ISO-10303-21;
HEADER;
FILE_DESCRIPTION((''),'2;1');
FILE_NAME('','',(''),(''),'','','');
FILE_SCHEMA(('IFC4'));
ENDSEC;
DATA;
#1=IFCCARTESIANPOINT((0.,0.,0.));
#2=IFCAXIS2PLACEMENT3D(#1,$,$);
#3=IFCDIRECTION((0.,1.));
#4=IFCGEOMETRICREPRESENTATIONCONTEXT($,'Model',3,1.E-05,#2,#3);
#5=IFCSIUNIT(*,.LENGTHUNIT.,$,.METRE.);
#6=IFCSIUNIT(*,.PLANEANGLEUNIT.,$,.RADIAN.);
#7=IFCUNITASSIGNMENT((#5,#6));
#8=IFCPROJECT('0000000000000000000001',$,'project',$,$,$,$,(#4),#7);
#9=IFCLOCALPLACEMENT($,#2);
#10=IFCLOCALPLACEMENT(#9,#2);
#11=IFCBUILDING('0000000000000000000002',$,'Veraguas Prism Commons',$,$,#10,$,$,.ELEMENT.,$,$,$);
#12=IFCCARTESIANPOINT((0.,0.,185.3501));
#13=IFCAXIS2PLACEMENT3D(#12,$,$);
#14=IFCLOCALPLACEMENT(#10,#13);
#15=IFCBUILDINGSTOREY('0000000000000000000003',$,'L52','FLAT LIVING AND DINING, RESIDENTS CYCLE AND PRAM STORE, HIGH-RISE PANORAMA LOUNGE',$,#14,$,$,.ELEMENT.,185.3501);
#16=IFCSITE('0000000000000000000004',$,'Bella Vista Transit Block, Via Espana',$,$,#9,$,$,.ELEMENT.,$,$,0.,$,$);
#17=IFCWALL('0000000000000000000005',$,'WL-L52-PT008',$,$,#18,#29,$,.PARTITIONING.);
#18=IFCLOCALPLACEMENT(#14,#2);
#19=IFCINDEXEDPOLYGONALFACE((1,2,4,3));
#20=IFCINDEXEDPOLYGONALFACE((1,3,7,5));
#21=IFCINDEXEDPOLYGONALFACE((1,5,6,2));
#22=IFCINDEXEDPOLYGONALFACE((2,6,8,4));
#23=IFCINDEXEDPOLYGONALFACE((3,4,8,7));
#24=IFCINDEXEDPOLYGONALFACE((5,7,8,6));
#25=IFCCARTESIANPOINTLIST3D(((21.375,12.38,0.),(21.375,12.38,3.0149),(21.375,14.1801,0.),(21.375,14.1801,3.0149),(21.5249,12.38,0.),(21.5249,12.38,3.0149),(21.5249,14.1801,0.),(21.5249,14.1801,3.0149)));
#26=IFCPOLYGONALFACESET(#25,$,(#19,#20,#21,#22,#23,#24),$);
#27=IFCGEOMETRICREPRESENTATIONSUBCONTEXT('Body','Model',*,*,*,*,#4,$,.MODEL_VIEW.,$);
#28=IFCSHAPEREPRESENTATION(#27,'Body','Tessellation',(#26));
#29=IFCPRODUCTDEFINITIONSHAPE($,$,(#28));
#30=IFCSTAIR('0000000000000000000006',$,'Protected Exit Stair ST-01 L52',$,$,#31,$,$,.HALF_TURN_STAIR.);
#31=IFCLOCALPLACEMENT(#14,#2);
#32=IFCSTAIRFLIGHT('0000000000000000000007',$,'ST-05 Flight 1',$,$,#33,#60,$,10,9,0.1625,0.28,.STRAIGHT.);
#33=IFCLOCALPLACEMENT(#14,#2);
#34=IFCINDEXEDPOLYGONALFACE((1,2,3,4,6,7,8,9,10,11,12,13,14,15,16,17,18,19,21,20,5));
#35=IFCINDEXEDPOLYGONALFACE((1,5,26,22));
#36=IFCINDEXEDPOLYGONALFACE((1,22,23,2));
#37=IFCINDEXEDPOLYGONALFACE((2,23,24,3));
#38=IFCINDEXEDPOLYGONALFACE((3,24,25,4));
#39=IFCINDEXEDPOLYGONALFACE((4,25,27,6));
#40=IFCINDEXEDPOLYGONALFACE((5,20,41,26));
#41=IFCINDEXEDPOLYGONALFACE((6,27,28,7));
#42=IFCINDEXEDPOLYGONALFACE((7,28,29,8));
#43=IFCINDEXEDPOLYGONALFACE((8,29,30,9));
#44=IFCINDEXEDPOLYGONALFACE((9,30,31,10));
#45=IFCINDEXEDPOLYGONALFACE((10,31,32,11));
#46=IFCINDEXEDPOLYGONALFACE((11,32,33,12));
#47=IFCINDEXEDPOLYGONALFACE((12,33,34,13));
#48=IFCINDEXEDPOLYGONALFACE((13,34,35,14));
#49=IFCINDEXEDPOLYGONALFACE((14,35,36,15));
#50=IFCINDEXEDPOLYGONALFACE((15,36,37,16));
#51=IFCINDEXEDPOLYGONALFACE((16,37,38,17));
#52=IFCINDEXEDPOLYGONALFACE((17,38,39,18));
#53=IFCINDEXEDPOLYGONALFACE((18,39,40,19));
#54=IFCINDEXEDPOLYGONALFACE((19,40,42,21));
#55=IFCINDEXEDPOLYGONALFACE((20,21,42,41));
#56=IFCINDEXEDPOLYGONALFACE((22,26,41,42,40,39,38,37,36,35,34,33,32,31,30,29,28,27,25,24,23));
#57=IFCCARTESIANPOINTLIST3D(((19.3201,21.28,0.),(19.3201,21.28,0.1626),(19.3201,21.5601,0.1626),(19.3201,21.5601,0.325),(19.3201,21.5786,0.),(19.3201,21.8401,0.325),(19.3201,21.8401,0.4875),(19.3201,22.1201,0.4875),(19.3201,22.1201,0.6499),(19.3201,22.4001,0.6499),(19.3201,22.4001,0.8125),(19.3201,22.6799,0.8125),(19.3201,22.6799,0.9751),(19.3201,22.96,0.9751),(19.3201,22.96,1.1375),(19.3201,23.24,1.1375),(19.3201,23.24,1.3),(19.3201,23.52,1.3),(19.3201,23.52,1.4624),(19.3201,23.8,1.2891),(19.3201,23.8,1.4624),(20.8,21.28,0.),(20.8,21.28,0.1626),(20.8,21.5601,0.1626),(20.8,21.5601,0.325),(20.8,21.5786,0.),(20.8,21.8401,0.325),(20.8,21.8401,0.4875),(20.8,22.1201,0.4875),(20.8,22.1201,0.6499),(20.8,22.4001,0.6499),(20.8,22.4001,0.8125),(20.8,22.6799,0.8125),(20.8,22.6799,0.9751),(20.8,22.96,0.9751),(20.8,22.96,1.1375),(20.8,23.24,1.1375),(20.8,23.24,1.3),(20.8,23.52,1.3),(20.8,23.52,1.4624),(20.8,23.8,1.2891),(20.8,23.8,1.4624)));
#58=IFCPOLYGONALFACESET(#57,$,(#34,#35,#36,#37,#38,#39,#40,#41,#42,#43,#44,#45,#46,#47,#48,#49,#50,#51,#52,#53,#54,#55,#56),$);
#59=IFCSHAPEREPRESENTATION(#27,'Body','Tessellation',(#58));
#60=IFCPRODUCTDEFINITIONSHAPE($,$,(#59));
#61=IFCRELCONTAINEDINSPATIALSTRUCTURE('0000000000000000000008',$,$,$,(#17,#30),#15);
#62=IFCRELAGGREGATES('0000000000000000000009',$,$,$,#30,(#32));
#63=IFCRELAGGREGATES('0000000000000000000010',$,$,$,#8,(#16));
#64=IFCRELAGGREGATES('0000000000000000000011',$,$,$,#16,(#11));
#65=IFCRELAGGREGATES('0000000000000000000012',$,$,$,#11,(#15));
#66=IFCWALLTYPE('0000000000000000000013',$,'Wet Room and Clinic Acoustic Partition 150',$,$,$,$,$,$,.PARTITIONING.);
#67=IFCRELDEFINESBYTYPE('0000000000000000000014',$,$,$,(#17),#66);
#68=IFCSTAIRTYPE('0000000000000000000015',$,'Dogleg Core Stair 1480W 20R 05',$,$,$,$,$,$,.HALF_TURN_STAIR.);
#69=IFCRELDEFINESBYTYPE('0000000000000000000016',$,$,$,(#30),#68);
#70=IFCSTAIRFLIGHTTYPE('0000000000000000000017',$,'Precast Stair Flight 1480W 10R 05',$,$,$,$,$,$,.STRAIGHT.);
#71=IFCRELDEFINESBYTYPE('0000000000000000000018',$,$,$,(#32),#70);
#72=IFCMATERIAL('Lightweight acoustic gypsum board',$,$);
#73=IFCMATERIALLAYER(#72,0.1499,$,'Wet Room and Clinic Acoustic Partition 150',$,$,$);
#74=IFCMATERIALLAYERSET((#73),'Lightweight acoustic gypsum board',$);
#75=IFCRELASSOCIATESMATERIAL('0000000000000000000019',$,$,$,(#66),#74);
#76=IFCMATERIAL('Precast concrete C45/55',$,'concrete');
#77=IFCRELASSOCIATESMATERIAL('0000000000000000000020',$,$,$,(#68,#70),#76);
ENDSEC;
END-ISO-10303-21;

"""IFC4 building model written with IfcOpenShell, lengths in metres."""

from ifc_helpers import new_model, si_unit, direction, frame, frame_2d, origin, place, context, subcontext, project, spatial, polyline, rectangle, outline, extrude, material, layer, layer_set, type_object, element, aggregate, save


model = new_model("IFC4")

# Units and contexts
model_context = context("Model", 3, precision=1e-05, world=origin(), true_north=direction((0.0, 1.0)))
body_context = subcontext(model_context, "Body", "Model", "MODEL_VIEW")
ifc_project = project(units=[si_unit("LENGTHUNIT", "METRE"), si_unit("PLANEANGLEUNIT", "RADIAN")], contexts=[model_context])

# Site, building, storey
site_placement = place(None, origin())
site = spatial("IfcSite", under=ifc_project, at=site_placement, Name="Bella Vista Transit Block, Via Espana", CompositionType="ELEMENT", RefElevation=0.0)
building_placement = place(site_placement, origin())
building = spatial("IfcBuilding", under=site, at=building_placement, Name="Veraguas Prism Commons", CompositionType="ELEMENT")
storey_placement = place(building_placement, frame((0.0, 0.0, 185.3501)))
storey = spatial("IfcBuildingStorey", under=building, at=storey_placement, Name="L52", Description="FLAT LIVING AND DINING, RESIDENTS CYCLE AND PRAM STORE, HIGH-RISE PANORAMA LOUNGE", CompositionType="ELEMENT", Elevation=185.3501)

# Shared definitions
ifc_material_1 = material(Name="Lightweight acoustic gypsum board")

# Wall
ifc_layer_1 = layer(ifc_material_1, 0.1499, Name="Wet Room and Clinic Acoustic Partition 150")
ifc_layer_set_1 = layer_set([ifc_layer_1], Name="Lightweight acoustic gypsum board")
wall_type_1 = type_object("IfcWallType", Name="Wet Room and Clinic Acoustic Partition 150", PredefinedType="PARTITIONING", material=ifc_layer_set_1)
wall_1_placement = place(storey_placement, frame((21.45, 14.1799, 0.0), z_axis=(0.0, 0.0, 1.0), x_axis=(0.0, -1.0, 0.0)))
element("IfcWall", 1, at=wall_1_placement, inside=storey, type_object=wall_type_1, Name="WL-L52-PT008", PredefinedType="PARTITIONING", context=body_context, shape_type="SweptSolid", body=[
    extrude(rectangle(XDim=1.8, YDim=0.1499, at=frame_2d((0.8999, 0.0))), origin(), (0.0, 0.0, 1.0), 3.0149),
])

# Stair, stair flight
ifc_material_2 = material(Name="Precast concrete C45/55", Category="concrete")
stair_type = type_object("IfcStairType", Name="Dogleg Core Stair 1480W 20R 05", PredefinedType="HALF_TURN_STAIR", material=ifc_material_2)
stair_placement = place(storey_placement, origin())
stair = element("IfcStair", 2, at=stair_placement, inside=storey, type_object=stair_type, Name="Protected Exit Stair ST-01 L52", PredefinedType="HALF_TURN_STAIR")
stair_flight_type = type_object("IfcStairFlightType", Name="Precast Stair Flight 1480W 10R 05", PredefinedType="STRAIGHT", material=ifc_material_2)
stair_flight_placement = place(storey_placement, frame((20.0601, 21.28, 0.0), z_axis=(0.0, 0.0, 1.0), x_axis=(0.0, 1.0, 0.0)))
stair_flight = element("IfcStairFlight", 3, at=stair_flight_placement, type_object=stair_flight_type, Name="ST-05 Flight 1", NumberOfRisers=10, NumberOfTreads=9, PredefinedType="STRAIGHT", RiserHeight=0.1625, TreadLength=0.28, context=body_context, shape_type="SweptSolid", body=[
    extrude(outline(polyline([(0.0, 0.0), (0.0, 0.1626), (0.28, 0.1626), (0.28, 0.325), (0.5601, 0.325), (0.5601, 0.4875), (0.8401, 0.4875), (0.8401, 0.6499), (1.1201, 0.6499), (1.1201, 0.8125), (1.3999, 0.8125), (1.3999, 0.9751), (1.6799, 0.9751), (1.6799, 1.1375), (1.96, 1.1375), (1.96, 1.3), (2.24, 1.3), (2.24, 1.4624), (2.52, 1.4624), (2.52, 1.625), (2.52, 1.2891), (0.2986, 0.0), (0.0, 0.0)])), frame((0.0, 0.74, 0.0), z_axis=(0.0, -1.0, 0.0), x_axis=(1.0, 0.0, 0.0)), (0.0, 0.0, 1.0), 1.48),
])
aggregate(stair, [stair_flight])

save(model, "model.ifc")
